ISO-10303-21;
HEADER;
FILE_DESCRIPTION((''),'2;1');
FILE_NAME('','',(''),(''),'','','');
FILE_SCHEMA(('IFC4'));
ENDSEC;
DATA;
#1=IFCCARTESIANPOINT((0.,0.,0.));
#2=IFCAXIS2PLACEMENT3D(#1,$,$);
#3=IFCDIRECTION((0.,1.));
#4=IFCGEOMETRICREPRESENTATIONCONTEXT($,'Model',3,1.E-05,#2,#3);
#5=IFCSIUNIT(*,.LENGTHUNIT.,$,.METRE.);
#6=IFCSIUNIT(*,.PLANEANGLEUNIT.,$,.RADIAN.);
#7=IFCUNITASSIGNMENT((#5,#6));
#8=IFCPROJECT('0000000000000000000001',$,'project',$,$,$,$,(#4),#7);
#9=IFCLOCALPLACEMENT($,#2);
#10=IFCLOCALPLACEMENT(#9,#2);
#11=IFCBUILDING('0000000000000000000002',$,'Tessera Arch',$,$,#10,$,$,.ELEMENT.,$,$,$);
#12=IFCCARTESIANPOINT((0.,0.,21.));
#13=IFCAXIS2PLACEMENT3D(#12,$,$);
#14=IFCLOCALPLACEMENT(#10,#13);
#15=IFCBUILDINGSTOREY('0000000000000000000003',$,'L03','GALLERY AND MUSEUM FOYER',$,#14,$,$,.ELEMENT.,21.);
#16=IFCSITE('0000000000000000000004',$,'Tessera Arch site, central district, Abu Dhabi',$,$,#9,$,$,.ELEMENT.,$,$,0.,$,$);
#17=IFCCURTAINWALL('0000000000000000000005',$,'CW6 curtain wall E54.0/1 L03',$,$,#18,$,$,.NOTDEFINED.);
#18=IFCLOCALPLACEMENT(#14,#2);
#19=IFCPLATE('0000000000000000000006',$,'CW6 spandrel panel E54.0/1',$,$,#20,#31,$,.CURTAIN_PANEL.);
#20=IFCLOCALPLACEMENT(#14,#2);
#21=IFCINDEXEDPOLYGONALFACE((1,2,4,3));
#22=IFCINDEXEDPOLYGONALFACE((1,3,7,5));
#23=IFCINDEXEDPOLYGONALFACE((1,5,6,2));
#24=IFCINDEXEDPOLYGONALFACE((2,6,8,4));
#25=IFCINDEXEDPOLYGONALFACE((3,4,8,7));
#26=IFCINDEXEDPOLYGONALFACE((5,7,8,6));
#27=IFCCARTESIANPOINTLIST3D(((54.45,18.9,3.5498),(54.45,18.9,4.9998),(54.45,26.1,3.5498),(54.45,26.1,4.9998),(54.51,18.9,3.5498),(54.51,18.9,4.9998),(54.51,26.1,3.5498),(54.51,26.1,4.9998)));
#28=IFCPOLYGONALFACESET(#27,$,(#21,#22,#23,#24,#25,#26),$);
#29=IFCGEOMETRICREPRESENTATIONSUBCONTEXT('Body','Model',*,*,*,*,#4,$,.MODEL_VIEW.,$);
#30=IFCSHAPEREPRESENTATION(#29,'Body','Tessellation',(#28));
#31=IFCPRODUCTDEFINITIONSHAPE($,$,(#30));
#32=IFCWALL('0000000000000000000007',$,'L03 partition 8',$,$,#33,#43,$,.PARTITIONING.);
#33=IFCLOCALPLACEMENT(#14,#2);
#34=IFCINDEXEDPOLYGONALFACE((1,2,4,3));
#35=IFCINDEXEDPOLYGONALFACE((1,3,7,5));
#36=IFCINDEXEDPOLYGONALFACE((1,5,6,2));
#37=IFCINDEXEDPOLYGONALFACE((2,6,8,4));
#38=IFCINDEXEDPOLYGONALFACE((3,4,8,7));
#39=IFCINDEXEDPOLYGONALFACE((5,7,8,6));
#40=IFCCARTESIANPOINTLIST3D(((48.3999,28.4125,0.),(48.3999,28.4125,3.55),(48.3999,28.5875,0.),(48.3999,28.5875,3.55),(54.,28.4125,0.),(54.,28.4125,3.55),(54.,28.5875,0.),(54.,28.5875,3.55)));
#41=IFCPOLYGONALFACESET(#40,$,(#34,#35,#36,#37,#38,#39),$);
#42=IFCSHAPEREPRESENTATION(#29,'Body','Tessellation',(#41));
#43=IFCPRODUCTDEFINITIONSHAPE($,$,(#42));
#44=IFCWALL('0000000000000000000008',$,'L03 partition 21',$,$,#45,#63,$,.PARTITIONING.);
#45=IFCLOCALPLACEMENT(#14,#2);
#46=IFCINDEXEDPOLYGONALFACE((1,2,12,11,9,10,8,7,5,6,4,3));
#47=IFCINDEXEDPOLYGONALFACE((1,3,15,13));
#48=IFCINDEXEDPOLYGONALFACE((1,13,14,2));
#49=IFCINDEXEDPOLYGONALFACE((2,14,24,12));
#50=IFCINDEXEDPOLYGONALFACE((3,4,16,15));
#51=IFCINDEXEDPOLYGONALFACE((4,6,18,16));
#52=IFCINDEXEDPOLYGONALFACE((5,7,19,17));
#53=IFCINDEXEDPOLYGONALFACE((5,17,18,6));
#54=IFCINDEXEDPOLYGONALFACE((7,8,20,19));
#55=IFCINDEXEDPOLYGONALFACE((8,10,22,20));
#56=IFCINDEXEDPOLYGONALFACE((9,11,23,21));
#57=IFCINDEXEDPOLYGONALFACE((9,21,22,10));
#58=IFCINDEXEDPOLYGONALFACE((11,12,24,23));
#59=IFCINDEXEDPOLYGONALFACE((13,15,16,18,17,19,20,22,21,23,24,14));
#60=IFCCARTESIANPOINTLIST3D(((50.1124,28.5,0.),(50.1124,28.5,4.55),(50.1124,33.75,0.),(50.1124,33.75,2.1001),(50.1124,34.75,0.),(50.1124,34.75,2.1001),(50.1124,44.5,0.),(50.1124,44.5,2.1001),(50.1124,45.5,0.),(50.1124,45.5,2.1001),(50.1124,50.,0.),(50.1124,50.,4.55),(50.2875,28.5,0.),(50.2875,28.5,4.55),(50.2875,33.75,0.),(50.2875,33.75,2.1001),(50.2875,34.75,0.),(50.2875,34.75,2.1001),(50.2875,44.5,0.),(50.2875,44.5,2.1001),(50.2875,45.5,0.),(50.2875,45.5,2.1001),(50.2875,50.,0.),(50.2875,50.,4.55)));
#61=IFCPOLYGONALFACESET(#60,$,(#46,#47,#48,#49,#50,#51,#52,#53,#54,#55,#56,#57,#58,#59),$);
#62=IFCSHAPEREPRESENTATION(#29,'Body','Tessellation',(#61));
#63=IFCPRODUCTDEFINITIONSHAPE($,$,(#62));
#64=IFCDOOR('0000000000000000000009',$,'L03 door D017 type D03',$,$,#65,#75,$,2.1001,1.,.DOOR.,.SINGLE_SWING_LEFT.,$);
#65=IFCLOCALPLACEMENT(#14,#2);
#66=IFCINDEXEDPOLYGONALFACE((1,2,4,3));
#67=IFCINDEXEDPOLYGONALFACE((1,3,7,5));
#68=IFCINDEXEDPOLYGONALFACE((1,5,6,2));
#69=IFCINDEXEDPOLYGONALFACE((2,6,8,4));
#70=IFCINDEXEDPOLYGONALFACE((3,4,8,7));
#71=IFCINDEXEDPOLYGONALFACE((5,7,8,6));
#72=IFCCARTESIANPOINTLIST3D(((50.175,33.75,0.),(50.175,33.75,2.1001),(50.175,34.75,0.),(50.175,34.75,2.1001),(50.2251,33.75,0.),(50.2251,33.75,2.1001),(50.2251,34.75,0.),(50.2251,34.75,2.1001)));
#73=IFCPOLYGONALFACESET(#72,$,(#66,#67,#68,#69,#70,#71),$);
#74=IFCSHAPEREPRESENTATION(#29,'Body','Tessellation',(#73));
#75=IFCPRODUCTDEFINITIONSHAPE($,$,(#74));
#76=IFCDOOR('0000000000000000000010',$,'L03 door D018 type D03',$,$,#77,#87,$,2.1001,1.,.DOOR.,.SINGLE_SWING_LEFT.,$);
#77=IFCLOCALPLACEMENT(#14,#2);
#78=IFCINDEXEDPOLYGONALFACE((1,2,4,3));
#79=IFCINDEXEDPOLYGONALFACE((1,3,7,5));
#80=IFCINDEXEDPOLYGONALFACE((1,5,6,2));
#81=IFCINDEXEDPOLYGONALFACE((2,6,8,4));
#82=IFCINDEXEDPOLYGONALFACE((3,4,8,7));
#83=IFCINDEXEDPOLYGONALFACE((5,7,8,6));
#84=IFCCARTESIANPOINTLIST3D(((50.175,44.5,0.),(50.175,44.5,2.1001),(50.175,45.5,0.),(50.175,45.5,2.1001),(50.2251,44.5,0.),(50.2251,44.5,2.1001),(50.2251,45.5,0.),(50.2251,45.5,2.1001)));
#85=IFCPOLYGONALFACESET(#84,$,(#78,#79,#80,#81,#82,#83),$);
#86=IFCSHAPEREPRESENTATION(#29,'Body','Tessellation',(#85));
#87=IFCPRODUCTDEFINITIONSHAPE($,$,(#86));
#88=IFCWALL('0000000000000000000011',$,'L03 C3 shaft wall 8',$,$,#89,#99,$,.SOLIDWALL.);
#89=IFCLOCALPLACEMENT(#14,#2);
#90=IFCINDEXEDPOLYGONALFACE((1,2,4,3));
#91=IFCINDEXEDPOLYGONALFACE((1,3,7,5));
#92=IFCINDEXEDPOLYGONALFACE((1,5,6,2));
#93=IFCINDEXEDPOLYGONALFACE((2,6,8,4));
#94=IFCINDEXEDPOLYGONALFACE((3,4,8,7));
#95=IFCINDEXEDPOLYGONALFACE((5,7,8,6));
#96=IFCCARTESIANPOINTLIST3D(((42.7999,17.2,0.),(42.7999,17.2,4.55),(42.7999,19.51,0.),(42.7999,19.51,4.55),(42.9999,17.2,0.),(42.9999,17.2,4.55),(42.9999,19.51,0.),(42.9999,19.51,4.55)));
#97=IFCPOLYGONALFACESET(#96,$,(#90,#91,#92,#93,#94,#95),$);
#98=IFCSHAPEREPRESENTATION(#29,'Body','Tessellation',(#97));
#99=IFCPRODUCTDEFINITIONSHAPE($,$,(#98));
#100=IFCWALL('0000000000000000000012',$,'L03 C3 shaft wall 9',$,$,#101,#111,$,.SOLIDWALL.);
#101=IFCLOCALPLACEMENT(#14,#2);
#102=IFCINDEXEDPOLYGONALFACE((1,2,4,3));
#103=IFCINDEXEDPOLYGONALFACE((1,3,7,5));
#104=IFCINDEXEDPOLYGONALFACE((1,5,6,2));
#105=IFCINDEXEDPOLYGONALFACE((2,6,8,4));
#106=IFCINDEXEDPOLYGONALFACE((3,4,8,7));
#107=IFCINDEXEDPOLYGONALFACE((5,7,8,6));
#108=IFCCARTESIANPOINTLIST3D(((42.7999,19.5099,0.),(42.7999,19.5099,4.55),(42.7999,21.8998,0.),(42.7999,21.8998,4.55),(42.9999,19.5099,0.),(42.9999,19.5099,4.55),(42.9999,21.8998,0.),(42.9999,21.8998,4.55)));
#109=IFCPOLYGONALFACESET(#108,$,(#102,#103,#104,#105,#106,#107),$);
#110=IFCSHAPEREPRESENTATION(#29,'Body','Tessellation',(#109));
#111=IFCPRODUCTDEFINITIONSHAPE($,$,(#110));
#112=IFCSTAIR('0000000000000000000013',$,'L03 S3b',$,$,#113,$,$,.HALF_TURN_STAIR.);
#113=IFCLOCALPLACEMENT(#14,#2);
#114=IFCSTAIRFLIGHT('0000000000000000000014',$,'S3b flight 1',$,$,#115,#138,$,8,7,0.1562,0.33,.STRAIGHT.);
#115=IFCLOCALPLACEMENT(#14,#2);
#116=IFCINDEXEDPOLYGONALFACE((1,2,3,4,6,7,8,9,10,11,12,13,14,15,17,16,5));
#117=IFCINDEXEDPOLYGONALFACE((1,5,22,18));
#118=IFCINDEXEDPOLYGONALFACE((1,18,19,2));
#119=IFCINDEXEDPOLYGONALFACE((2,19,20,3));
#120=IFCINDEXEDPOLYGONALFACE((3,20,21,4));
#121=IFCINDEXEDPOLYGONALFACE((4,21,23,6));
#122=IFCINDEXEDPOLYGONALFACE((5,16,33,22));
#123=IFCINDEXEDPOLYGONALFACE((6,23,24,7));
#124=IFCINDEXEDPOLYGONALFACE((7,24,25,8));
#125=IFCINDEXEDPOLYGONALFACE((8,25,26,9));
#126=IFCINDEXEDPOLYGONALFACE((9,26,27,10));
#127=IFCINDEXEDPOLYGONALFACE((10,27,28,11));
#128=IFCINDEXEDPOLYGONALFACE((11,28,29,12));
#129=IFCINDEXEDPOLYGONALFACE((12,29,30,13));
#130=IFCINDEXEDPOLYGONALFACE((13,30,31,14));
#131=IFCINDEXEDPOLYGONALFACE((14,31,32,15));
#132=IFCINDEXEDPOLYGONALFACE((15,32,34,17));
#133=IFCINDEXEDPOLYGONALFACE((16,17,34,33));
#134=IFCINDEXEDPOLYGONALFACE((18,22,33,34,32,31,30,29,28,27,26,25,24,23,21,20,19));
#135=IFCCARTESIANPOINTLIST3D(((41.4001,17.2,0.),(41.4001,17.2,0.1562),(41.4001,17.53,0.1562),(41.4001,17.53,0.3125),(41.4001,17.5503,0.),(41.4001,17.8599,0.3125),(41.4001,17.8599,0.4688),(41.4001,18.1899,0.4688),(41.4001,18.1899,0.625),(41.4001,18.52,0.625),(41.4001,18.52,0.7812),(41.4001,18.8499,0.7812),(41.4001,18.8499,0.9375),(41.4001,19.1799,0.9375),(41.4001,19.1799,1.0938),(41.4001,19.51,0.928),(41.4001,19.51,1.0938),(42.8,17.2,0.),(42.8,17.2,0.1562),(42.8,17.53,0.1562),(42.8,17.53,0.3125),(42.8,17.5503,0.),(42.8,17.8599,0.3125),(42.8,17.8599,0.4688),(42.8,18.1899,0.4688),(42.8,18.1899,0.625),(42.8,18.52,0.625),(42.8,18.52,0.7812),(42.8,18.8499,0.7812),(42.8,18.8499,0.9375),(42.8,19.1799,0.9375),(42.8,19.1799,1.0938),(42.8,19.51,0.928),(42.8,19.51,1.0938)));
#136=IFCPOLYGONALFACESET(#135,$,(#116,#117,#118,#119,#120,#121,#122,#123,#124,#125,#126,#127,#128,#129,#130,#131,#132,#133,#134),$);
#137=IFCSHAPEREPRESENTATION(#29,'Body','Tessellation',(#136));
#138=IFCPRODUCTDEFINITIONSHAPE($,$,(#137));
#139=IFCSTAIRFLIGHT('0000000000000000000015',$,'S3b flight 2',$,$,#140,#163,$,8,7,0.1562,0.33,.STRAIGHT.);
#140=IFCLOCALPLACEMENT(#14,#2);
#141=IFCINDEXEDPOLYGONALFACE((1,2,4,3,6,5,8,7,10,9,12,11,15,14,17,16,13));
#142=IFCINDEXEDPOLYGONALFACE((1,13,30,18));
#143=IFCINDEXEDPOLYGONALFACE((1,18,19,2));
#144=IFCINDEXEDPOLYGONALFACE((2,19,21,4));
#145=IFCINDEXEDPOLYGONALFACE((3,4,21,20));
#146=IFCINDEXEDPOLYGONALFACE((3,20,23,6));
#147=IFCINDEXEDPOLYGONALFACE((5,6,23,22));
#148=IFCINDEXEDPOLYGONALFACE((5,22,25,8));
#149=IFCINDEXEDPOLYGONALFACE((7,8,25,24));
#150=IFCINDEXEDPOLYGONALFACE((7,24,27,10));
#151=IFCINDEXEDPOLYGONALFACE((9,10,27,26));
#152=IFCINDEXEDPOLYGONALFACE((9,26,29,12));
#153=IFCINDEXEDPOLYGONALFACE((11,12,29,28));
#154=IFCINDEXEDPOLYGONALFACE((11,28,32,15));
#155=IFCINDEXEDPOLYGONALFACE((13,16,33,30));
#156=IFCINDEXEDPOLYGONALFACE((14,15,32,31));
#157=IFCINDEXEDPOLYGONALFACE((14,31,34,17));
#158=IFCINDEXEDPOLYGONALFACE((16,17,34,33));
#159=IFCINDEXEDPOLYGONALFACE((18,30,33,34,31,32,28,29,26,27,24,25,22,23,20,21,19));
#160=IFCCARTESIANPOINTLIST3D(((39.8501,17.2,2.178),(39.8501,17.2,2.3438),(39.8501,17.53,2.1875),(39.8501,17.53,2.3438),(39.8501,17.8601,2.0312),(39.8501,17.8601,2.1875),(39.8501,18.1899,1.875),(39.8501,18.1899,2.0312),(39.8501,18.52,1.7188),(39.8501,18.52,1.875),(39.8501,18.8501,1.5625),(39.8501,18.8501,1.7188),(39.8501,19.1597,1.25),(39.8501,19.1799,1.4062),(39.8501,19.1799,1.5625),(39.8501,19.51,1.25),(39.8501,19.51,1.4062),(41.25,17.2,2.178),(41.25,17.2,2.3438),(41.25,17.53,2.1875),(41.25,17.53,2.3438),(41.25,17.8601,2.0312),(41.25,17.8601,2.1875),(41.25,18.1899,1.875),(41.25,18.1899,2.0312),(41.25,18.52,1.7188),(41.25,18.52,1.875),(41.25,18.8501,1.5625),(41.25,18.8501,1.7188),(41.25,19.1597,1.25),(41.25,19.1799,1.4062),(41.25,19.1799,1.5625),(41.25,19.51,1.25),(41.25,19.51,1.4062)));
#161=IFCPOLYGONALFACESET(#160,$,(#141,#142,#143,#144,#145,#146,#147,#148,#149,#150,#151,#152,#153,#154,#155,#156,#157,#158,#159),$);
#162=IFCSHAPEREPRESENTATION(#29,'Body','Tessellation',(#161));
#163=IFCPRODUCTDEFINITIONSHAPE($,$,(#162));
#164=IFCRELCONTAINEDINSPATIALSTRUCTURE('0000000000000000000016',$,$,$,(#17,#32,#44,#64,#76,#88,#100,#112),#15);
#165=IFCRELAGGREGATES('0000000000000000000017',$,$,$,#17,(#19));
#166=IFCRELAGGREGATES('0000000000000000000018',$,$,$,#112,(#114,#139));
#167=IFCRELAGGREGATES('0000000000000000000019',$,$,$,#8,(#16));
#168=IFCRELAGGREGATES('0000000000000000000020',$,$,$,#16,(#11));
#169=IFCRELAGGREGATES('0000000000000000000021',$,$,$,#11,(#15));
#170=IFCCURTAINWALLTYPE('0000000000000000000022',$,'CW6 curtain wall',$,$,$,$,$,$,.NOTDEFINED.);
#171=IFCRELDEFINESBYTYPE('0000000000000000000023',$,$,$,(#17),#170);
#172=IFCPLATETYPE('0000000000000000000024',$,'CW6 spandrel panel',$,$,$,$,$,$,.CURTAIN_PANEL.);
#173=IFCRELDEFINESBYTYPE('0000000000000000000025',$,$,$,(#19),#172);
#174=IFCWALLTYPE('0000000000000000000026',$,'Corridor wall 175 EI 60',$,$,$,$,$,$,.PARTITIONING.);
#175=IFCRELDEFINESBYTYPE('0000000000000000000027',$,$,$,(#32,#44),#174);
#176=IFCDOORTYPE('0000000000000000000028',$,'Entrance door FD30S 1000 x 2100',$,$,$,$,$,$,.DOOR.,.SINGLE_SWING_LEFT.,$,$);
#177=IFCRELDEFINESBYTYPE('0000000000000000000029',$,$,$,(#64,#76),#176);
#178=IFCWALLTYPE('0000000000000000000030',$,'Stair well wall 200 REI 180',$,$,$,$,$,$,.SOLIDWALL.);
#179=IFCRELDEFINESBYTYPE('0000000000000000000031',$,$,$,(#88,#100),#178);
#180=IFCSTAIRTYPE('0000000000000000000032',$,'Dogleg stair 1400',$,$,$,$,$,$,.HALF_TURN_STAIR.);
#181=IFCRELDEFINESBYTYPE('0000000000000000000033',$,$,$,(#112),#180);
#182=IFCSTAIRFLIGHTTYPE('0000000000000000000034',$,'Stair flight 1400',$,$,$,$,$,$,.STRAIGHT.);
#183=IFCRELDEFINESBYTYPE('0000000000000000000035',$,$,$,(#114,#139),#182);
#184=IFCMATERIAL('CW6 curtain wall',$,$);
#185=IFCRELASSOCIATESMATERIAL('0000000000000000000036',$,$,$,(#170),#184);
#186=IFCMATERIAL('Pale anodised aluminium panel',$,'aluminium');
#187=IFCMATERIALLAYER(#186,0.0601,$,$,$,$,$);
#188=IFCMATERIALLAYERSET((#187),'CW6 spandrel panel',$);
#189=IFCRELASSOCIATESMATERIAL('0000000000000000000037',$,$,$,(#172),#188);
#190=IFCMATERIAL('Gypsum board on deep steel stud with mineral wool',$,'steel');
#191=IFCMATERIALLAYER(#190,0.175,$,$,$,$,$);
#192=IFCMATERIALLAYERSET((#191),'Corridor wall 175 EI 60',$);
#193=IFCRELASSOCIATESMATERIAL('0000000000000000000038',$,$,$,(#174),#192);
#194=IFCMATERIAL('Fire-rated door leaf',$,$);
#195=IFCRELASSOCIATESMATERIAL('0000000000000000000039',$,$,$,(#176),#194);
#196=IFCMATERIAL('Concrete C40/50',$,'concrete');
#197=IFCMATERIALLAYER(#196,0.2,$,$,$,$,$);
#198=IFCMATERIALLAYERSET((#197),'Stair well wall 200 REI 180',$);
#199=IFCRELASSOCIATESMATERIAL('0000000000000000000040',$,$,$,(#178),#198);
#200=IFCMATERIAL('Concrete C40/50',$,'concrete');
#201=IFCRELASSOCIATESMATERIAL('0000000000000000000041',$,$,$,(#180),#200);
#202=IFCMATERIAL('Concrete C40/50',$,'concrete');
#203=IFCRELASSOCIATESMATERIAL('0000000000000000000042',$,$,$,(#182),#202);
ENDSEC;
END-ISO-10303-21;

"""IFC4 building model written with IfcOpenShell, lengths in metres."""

from ifc_helpers import new_model, si_unit, direction, frame, frame_2d, origin, origin_2d, place, context, subcontext, project, spatial, polyline, rectangle, outline, extrude, material, layer, layer_set, type_object, element, fill, aggregate, save


model = new_model("IFC4")

# Units and contexts
model_context = context("Model", 3, precision=1e-05, world=origin(), true_north=direction((0.0, 1.0)))
body_context = subcontext(model_context, "Body", "Model", "MODEL_VIEW")
ifc_project = project(units=[si_unit("LENGTHUNIT", "METRE"), si_unit("PLANEANGLEUNIT", "RADIAN")], contexts=[model_context])

# Site, building, storey
site_placement = place(None, origin())
site = spatial("IfcSite", under=ifc_project, at=site_placement, Name="Tessera Arch site, central district, Abu Dhabi", CompositionType="ELEMENT", RefElevation=0.0)
building_placement = place(site_placement, origin())
building = spatial("IfcBuilding", under=site, at=building_placement, Name="Tessera Arch", CompositionType="ELEMENT")
storey_placement = place(building_placement, frame((0.0, 0.0, 21.0)))
storey = spatial("IfcBuildingStorey", under=building, at=storey_placement, Name="L03", Description="GALLERY AND MUSEUM FOYER", CompositionType="ELEMENT", Elevation=21.0)

# Curtain wall
ifc_material_1 = material(Name="CW6 curtain wall")
curtain_wall_type = type_object("IfcCurtainWallType", Name="CW6 curtain wall", PredefinedType="NOTDEFINED", material=ifc_material_1)
curtain_wall_1_placement = place(storey_placement, origin())
curtain_wall_1 = element("IfcCurtainWall", 1, at=curtain_wall_1_placement, inside=storey, type_object=curtain_wall_type, Name="CW6 curtain wall E54.0/1 L03", PredefinedType="NOTDEFINED")

# Plate
ifc_material_2 = material(Name="Pale anodised aluminium panel", Category="aluminium")
ifc_layer_1 = layer(ifc_material_2, 0.0601)
ifc_layer_set_1 = layer_set([ifc_layer_1], Name="CW6 spandrel panel")
plate_type_1 = type_object("IfcPlateType", Name="CW6 spandrel panel", PredefinedType="CURTAIN_PANEL", material=ifc_layer_set_1)
plate_1_placement = place(storey_placement, frame((54.48, 22.5, 3.5498), z_axis=(0.0, 0.0, 1.0), x_axis=(0.0, 1.0, 0.0)))
plate_1 = element("IfcPlate", 2, at=plate_1_placement, type_object=plate_type_1, Name="CW6 spandrel panel E54.0/1", PredefinedType="CURTAIN_PANEL", context=body_context, shape_type="SweptSolid", body=[
    extrude(rectangle(XDim=7.2, YDim=0.0601, at=origin_2d()), origin(), (0.0, 0.0, 1.0), 1.45),
])
aggregate(curtain_wall_1, [plate_1])

# Wall
ifc_material_3 = material(Name="Gypsum board on deep steel stud with mineral wool", Category="steel")
ifc_layer_2 = layer(ifc_material_3, 0.175)
ifc_layer_set_2 = layer_set([ifc_layer_2], Name="Corridor wall 175 EI 60")
wall_type_1 = type_object("IfcWallType", Name="Corridor wall 175 EI 60", PredefinedType="PARTITIONING", material=ifc_layer_set_2)
wall_1_placement = place(storey_placement, frame((48.3999, 28.5, 0.0), z_axis=(0.0, 0.0, 1.0), x_axis=(1.0, 0.0, 0.0)))
element("IfcWall", 3, at=wall_1_placement, inside=storey, type_object=wall_type_1, Name="L03 partition 8", PredefinedType="PARTITIONING", context=body_context, shape_type="SweptSolid", body=[
    extrude(rectangle(XDim=5.6001, YDim=0.175, at=frame_2d((2.8, 0.0))), origin(), (0.0, 0.0, 1.0), 3.55),
])

# Wall, openings, doors
wall_2_placement = place(storey_placement, frame((50.2, 28.5, 0.0), z_axis=(0.0, 0.0, 1.0), x_axis=(0.0, 1.0, 0.0)))
wall_2 = element("IfcWall", 4, at=wall_2_placement, inside=storey, type_object=wall_type_1, Name="L03 partition 21", PredefinedType="PARTITIONING", context=body_context, shape_type="SweptSolid", body=[
    extrude(rectangle(XDim=21.5, YDim=0.175, at=frame_2d((10.75, 0.0))), origin(), (0.0, 0.0, 1.0), 4.55),
])
opening_1_placement = place(wall_2_placement, frame((5.25, 0.0, 0.0)))
opening_1 = element("IfcOpeningElement", 5, at=opening_1_placement, cuts=wall_2, PredefinedType="OPENING", context=body_context, shape_type="SweptSolid", body=[
    extrude(rectangle(XDim=1.0, YDim=2.1001, at=frame_2d((0.5, 1.05))), frame((0.0, 0.0974, 0.0), z_axis=(0.0, -1.0, 0.0), x_axis=(1.0, 0.0, 0.0)), (0.0, 0.0, 1.0), 0.1951),
])
opening_2_placement = place(wall_2_placement, frame((16.0, 0.0, 0.0)))
opening_2 = element("IfcOpeningElement", 6, at=opening_2_placement, cuts=wall_2, PredefinedType="OPENING", context=body_context, shape_type="SweptSolid", body=[
    extrude(rectangle(XDim=1.0, YDim=2.1001, at=frame_2d((0.5, 1.05))), frame((0.0, 0.0974, 0.0), z_axis=(0.0, -1.0, 0.0), x_axis=(1.0, 0.0, 0.0)), (0.0, 0.0, 1.0), 0.1951),
])
ifc_material_4 = material(Name="Fire-rated door leaf")
door_type = type_object("IfcDoorType", Name="Entrance door FD30S 1000 x 2100", OperationType="SINGLE_SWING_LEFT", PredefinedType="DOOR", material=ifc_material_4)
door_1_placement = place(opening_1_placement, origin())
door_1 = element("IfcDoor", 7, at=door_1_placement, inside=storey, type_object=door_type, Name="L03 door D017 type D03", OperationType="SINGLE_SWING_LEFT", OverallHeight=2.1001, OverallWidth=1.0, PredefinedType="DOOR", context=body_context, shape_type="SweptSolid", body=[
    extrude(rectangle(XDim=1.0, YDim=2.1001, at=frame_2d((0.5, 1.05))), frame((0.0, 0.0249, 0.0), z_axis=(0.0, -1.0, 0.0), x_axis=(1.0, 0.0, 0.0)), (0.0, 0.0, 1.0), 0.05),
])
fill(opening_1, door_1)
door_2_placement = place(opening_2_placement, origin())
door_2 = element("IfcDoor", 8, at=door_2_placement, inside=storey, type_object=door_type, Name="L03 door D018 type D03", OperationType="SINGLE_SWING_LEFT", OverallHeight=2.1001, OverallWidth=1.0, PredefinedType="DOOR", context=body_context, shape_type="SweptSolid", body=[
    extrude(rectangle(XDim=1.0, YDim=2.1001, at=frame_2d((0.5, 1.05))), frame((0.0, 0.0249, 0.0), z_axis=(0.0, -1.0, 0.0), x_axis=(1.0, 0.0, 0.0)), (0.0, 0.0, 1.0), 0.05),
])
fill(opening_2, door_2)

# Walls
ifc_material_5 = material(Name="Concrete C40/50", Category="concrete")
ifc_layer_3 = layer(ifc_material_5, 0.2)
ifc_layer_set_3 = layer_set([ifc_layer_3], Name="Stair well wall 200 REI 180")
wall_type_2 = type_object("IfcWallType", Name="Stair well wall 200 REI 180", PredefinedType="SOLIDWALL", material=ifc_layer_set_3)
wall_3_placement = place(storey_placement, frame((42.8999, 17.2, 0.0), z_axis=(0.0, 0.0, 1.0), x_axis=(0.0, 1.0, 0.0)))
element("IfcWall", 9, at=wall_3_placement, inside=storey, type_object=wall_type_2, Name="L03 C3 shaft wall 8", PredefinedType="SOLIDWALL", context=body_context, shape_type="SweptSolid", body=[
    extrude(rectangle(XDim=2.3101, YDim=0.2, at=frame_2d((1.155, 0.0))), origin(), (0.0, 0.0, 1.0), 4.55),
])
wall_4_placement = place(storey_placement, frame((42.8999, 19.51, 0.0), z_axis=(0.0, 0.0, 1.0), x_axis=(0.0, 1.0, 0.0)))
element("IfcWall", 10, at=wall_4_placement, inside=storey, type_object=wall_type_2, Name="L03 C3 shaft wall 9", PredefinedType="SOLIDWALL", context=body_context, shape_type="SweptSolid", body=[
    extrude(rectangle(XDim=2.3899, YDim=0.2, at=frame_2d((1.1948, 0.0))), origin(), (0.0, 0.0, 1.0), 4.55),
])

# Stair, stair flights
ifc_material_6 = material(Name="Concrete C40/50", Category="concrete")
stair_type = type_object("IfcStairType", Name="Dogleg stair 1400", PredefinedType="HALF_TURN_STAIR", material=ifc_material_6)
stair_placement = place(storey_placement, origin())
stair = element("IfcStair", 11, at=stair_placement, inside=storey, type_object=stair_type, Name="L03 S3b", PredefinedType="HALF_TURN_STAIR")
ifc_material_7 = material(Name="Concrete C40/50", Category="concrete")
stair_flight_type = type_object("IfcStairFlightType", Name="Stair flight 1400", PredefinedType="STRAIGHT", material=ifc_material_7)
stair_flight_1_placement = place(storey_placement, frame((42.1001, 17.2, 0.0), z_axis=(0.0, 0.0, 1.0), x_axis=(0.0, 1.0, 0.0)))
stair_flight_1 = element("IfcStairFlight", 12, at=stair_flight_1_placement, type_object=stair_flight_type, Name="S3b flight 1", NumberOfRisers=8, NumberOfTreads=7, PredefinedType="STRAIGHT", RiserHeight=0.1562, TreadLength=0.33, context=body_context, shape_type="SweptSolid", body=[
    extrude(outline(polyline([(0.0, 0.0), (0.0, 0.1562), (0.3301, 0.1562), (0.3301, 0.3125), (0.6599, 0.3125), (0.6599, 0.4688), (0.99, 0.4688), (0.99, 0.625), (1.3201, 0.625), (1.3201, 0.7812), (1.6499, 0.7812), (1.6499, 0.9375), (1.98, 0.9375), (1.98, 1.0938), (2.3101, 1.0938), (2.3101, 1.25), (2.3101, 0.928), (0.3503, 0.0), (0.0, 0.0)])), frame((0.0, 0.7, 0.0), z_axis=(0.0, -1.0, 0.0), x_axis=(1.0, 0.0, 0.0)), (0.0, 0.0, 1.0), 1.3999),
])
stair_flight_2_placement = place(storey_placement, frame((40.55, 19.51, 1.25), z_axis=(0.0, 0.0, 1.0), x_axis=(0.0, -1.0, 0.0)))
stair_flight_2 = element("IfcStairFlight", 13, at=stair_flight_2_placement, type_object=stair_flight_type, Name="S3b flight 2", NumberOfRisers=8, NumberOfTreads=7, PredefinedType="STRAIGHT", RiserHeight=0.1562, TreadLength=0.33, context=body_context, shape_type="SweptSolid", body=[
    extrude(outline(polyline([(0.0, 0.0), (0.0, 0.1562), (0.3301, 0.1562), (0.3301, 0.3125), (0.6599, 0.3125), (0.6599, 0.4688), (0.99, 0.4688), (0.99, 0.625), (1.3201, 0.625), (1.3201, 0.7812), (1.6499, 0.7812), (1.6499, 0.9375), (1.98, 0.9375), (1.98, 1.0938), (2.3101, 1.0938), (2.3101, 1.25), (2.3101, 0.928), (0.3503, 0.0), (0.0, 0.0)])), frame((0.0, 0.7, 0.0), z_axis=(0.0, -1.0, 0.0), x_axis=(1.0, 0.0, 0.0)), (0.0, 0.0, 1.0), 1.3999),
])
aggregate(stair, [stair_flight_1, stair_flight_2])

save(model, "model.ifc")
